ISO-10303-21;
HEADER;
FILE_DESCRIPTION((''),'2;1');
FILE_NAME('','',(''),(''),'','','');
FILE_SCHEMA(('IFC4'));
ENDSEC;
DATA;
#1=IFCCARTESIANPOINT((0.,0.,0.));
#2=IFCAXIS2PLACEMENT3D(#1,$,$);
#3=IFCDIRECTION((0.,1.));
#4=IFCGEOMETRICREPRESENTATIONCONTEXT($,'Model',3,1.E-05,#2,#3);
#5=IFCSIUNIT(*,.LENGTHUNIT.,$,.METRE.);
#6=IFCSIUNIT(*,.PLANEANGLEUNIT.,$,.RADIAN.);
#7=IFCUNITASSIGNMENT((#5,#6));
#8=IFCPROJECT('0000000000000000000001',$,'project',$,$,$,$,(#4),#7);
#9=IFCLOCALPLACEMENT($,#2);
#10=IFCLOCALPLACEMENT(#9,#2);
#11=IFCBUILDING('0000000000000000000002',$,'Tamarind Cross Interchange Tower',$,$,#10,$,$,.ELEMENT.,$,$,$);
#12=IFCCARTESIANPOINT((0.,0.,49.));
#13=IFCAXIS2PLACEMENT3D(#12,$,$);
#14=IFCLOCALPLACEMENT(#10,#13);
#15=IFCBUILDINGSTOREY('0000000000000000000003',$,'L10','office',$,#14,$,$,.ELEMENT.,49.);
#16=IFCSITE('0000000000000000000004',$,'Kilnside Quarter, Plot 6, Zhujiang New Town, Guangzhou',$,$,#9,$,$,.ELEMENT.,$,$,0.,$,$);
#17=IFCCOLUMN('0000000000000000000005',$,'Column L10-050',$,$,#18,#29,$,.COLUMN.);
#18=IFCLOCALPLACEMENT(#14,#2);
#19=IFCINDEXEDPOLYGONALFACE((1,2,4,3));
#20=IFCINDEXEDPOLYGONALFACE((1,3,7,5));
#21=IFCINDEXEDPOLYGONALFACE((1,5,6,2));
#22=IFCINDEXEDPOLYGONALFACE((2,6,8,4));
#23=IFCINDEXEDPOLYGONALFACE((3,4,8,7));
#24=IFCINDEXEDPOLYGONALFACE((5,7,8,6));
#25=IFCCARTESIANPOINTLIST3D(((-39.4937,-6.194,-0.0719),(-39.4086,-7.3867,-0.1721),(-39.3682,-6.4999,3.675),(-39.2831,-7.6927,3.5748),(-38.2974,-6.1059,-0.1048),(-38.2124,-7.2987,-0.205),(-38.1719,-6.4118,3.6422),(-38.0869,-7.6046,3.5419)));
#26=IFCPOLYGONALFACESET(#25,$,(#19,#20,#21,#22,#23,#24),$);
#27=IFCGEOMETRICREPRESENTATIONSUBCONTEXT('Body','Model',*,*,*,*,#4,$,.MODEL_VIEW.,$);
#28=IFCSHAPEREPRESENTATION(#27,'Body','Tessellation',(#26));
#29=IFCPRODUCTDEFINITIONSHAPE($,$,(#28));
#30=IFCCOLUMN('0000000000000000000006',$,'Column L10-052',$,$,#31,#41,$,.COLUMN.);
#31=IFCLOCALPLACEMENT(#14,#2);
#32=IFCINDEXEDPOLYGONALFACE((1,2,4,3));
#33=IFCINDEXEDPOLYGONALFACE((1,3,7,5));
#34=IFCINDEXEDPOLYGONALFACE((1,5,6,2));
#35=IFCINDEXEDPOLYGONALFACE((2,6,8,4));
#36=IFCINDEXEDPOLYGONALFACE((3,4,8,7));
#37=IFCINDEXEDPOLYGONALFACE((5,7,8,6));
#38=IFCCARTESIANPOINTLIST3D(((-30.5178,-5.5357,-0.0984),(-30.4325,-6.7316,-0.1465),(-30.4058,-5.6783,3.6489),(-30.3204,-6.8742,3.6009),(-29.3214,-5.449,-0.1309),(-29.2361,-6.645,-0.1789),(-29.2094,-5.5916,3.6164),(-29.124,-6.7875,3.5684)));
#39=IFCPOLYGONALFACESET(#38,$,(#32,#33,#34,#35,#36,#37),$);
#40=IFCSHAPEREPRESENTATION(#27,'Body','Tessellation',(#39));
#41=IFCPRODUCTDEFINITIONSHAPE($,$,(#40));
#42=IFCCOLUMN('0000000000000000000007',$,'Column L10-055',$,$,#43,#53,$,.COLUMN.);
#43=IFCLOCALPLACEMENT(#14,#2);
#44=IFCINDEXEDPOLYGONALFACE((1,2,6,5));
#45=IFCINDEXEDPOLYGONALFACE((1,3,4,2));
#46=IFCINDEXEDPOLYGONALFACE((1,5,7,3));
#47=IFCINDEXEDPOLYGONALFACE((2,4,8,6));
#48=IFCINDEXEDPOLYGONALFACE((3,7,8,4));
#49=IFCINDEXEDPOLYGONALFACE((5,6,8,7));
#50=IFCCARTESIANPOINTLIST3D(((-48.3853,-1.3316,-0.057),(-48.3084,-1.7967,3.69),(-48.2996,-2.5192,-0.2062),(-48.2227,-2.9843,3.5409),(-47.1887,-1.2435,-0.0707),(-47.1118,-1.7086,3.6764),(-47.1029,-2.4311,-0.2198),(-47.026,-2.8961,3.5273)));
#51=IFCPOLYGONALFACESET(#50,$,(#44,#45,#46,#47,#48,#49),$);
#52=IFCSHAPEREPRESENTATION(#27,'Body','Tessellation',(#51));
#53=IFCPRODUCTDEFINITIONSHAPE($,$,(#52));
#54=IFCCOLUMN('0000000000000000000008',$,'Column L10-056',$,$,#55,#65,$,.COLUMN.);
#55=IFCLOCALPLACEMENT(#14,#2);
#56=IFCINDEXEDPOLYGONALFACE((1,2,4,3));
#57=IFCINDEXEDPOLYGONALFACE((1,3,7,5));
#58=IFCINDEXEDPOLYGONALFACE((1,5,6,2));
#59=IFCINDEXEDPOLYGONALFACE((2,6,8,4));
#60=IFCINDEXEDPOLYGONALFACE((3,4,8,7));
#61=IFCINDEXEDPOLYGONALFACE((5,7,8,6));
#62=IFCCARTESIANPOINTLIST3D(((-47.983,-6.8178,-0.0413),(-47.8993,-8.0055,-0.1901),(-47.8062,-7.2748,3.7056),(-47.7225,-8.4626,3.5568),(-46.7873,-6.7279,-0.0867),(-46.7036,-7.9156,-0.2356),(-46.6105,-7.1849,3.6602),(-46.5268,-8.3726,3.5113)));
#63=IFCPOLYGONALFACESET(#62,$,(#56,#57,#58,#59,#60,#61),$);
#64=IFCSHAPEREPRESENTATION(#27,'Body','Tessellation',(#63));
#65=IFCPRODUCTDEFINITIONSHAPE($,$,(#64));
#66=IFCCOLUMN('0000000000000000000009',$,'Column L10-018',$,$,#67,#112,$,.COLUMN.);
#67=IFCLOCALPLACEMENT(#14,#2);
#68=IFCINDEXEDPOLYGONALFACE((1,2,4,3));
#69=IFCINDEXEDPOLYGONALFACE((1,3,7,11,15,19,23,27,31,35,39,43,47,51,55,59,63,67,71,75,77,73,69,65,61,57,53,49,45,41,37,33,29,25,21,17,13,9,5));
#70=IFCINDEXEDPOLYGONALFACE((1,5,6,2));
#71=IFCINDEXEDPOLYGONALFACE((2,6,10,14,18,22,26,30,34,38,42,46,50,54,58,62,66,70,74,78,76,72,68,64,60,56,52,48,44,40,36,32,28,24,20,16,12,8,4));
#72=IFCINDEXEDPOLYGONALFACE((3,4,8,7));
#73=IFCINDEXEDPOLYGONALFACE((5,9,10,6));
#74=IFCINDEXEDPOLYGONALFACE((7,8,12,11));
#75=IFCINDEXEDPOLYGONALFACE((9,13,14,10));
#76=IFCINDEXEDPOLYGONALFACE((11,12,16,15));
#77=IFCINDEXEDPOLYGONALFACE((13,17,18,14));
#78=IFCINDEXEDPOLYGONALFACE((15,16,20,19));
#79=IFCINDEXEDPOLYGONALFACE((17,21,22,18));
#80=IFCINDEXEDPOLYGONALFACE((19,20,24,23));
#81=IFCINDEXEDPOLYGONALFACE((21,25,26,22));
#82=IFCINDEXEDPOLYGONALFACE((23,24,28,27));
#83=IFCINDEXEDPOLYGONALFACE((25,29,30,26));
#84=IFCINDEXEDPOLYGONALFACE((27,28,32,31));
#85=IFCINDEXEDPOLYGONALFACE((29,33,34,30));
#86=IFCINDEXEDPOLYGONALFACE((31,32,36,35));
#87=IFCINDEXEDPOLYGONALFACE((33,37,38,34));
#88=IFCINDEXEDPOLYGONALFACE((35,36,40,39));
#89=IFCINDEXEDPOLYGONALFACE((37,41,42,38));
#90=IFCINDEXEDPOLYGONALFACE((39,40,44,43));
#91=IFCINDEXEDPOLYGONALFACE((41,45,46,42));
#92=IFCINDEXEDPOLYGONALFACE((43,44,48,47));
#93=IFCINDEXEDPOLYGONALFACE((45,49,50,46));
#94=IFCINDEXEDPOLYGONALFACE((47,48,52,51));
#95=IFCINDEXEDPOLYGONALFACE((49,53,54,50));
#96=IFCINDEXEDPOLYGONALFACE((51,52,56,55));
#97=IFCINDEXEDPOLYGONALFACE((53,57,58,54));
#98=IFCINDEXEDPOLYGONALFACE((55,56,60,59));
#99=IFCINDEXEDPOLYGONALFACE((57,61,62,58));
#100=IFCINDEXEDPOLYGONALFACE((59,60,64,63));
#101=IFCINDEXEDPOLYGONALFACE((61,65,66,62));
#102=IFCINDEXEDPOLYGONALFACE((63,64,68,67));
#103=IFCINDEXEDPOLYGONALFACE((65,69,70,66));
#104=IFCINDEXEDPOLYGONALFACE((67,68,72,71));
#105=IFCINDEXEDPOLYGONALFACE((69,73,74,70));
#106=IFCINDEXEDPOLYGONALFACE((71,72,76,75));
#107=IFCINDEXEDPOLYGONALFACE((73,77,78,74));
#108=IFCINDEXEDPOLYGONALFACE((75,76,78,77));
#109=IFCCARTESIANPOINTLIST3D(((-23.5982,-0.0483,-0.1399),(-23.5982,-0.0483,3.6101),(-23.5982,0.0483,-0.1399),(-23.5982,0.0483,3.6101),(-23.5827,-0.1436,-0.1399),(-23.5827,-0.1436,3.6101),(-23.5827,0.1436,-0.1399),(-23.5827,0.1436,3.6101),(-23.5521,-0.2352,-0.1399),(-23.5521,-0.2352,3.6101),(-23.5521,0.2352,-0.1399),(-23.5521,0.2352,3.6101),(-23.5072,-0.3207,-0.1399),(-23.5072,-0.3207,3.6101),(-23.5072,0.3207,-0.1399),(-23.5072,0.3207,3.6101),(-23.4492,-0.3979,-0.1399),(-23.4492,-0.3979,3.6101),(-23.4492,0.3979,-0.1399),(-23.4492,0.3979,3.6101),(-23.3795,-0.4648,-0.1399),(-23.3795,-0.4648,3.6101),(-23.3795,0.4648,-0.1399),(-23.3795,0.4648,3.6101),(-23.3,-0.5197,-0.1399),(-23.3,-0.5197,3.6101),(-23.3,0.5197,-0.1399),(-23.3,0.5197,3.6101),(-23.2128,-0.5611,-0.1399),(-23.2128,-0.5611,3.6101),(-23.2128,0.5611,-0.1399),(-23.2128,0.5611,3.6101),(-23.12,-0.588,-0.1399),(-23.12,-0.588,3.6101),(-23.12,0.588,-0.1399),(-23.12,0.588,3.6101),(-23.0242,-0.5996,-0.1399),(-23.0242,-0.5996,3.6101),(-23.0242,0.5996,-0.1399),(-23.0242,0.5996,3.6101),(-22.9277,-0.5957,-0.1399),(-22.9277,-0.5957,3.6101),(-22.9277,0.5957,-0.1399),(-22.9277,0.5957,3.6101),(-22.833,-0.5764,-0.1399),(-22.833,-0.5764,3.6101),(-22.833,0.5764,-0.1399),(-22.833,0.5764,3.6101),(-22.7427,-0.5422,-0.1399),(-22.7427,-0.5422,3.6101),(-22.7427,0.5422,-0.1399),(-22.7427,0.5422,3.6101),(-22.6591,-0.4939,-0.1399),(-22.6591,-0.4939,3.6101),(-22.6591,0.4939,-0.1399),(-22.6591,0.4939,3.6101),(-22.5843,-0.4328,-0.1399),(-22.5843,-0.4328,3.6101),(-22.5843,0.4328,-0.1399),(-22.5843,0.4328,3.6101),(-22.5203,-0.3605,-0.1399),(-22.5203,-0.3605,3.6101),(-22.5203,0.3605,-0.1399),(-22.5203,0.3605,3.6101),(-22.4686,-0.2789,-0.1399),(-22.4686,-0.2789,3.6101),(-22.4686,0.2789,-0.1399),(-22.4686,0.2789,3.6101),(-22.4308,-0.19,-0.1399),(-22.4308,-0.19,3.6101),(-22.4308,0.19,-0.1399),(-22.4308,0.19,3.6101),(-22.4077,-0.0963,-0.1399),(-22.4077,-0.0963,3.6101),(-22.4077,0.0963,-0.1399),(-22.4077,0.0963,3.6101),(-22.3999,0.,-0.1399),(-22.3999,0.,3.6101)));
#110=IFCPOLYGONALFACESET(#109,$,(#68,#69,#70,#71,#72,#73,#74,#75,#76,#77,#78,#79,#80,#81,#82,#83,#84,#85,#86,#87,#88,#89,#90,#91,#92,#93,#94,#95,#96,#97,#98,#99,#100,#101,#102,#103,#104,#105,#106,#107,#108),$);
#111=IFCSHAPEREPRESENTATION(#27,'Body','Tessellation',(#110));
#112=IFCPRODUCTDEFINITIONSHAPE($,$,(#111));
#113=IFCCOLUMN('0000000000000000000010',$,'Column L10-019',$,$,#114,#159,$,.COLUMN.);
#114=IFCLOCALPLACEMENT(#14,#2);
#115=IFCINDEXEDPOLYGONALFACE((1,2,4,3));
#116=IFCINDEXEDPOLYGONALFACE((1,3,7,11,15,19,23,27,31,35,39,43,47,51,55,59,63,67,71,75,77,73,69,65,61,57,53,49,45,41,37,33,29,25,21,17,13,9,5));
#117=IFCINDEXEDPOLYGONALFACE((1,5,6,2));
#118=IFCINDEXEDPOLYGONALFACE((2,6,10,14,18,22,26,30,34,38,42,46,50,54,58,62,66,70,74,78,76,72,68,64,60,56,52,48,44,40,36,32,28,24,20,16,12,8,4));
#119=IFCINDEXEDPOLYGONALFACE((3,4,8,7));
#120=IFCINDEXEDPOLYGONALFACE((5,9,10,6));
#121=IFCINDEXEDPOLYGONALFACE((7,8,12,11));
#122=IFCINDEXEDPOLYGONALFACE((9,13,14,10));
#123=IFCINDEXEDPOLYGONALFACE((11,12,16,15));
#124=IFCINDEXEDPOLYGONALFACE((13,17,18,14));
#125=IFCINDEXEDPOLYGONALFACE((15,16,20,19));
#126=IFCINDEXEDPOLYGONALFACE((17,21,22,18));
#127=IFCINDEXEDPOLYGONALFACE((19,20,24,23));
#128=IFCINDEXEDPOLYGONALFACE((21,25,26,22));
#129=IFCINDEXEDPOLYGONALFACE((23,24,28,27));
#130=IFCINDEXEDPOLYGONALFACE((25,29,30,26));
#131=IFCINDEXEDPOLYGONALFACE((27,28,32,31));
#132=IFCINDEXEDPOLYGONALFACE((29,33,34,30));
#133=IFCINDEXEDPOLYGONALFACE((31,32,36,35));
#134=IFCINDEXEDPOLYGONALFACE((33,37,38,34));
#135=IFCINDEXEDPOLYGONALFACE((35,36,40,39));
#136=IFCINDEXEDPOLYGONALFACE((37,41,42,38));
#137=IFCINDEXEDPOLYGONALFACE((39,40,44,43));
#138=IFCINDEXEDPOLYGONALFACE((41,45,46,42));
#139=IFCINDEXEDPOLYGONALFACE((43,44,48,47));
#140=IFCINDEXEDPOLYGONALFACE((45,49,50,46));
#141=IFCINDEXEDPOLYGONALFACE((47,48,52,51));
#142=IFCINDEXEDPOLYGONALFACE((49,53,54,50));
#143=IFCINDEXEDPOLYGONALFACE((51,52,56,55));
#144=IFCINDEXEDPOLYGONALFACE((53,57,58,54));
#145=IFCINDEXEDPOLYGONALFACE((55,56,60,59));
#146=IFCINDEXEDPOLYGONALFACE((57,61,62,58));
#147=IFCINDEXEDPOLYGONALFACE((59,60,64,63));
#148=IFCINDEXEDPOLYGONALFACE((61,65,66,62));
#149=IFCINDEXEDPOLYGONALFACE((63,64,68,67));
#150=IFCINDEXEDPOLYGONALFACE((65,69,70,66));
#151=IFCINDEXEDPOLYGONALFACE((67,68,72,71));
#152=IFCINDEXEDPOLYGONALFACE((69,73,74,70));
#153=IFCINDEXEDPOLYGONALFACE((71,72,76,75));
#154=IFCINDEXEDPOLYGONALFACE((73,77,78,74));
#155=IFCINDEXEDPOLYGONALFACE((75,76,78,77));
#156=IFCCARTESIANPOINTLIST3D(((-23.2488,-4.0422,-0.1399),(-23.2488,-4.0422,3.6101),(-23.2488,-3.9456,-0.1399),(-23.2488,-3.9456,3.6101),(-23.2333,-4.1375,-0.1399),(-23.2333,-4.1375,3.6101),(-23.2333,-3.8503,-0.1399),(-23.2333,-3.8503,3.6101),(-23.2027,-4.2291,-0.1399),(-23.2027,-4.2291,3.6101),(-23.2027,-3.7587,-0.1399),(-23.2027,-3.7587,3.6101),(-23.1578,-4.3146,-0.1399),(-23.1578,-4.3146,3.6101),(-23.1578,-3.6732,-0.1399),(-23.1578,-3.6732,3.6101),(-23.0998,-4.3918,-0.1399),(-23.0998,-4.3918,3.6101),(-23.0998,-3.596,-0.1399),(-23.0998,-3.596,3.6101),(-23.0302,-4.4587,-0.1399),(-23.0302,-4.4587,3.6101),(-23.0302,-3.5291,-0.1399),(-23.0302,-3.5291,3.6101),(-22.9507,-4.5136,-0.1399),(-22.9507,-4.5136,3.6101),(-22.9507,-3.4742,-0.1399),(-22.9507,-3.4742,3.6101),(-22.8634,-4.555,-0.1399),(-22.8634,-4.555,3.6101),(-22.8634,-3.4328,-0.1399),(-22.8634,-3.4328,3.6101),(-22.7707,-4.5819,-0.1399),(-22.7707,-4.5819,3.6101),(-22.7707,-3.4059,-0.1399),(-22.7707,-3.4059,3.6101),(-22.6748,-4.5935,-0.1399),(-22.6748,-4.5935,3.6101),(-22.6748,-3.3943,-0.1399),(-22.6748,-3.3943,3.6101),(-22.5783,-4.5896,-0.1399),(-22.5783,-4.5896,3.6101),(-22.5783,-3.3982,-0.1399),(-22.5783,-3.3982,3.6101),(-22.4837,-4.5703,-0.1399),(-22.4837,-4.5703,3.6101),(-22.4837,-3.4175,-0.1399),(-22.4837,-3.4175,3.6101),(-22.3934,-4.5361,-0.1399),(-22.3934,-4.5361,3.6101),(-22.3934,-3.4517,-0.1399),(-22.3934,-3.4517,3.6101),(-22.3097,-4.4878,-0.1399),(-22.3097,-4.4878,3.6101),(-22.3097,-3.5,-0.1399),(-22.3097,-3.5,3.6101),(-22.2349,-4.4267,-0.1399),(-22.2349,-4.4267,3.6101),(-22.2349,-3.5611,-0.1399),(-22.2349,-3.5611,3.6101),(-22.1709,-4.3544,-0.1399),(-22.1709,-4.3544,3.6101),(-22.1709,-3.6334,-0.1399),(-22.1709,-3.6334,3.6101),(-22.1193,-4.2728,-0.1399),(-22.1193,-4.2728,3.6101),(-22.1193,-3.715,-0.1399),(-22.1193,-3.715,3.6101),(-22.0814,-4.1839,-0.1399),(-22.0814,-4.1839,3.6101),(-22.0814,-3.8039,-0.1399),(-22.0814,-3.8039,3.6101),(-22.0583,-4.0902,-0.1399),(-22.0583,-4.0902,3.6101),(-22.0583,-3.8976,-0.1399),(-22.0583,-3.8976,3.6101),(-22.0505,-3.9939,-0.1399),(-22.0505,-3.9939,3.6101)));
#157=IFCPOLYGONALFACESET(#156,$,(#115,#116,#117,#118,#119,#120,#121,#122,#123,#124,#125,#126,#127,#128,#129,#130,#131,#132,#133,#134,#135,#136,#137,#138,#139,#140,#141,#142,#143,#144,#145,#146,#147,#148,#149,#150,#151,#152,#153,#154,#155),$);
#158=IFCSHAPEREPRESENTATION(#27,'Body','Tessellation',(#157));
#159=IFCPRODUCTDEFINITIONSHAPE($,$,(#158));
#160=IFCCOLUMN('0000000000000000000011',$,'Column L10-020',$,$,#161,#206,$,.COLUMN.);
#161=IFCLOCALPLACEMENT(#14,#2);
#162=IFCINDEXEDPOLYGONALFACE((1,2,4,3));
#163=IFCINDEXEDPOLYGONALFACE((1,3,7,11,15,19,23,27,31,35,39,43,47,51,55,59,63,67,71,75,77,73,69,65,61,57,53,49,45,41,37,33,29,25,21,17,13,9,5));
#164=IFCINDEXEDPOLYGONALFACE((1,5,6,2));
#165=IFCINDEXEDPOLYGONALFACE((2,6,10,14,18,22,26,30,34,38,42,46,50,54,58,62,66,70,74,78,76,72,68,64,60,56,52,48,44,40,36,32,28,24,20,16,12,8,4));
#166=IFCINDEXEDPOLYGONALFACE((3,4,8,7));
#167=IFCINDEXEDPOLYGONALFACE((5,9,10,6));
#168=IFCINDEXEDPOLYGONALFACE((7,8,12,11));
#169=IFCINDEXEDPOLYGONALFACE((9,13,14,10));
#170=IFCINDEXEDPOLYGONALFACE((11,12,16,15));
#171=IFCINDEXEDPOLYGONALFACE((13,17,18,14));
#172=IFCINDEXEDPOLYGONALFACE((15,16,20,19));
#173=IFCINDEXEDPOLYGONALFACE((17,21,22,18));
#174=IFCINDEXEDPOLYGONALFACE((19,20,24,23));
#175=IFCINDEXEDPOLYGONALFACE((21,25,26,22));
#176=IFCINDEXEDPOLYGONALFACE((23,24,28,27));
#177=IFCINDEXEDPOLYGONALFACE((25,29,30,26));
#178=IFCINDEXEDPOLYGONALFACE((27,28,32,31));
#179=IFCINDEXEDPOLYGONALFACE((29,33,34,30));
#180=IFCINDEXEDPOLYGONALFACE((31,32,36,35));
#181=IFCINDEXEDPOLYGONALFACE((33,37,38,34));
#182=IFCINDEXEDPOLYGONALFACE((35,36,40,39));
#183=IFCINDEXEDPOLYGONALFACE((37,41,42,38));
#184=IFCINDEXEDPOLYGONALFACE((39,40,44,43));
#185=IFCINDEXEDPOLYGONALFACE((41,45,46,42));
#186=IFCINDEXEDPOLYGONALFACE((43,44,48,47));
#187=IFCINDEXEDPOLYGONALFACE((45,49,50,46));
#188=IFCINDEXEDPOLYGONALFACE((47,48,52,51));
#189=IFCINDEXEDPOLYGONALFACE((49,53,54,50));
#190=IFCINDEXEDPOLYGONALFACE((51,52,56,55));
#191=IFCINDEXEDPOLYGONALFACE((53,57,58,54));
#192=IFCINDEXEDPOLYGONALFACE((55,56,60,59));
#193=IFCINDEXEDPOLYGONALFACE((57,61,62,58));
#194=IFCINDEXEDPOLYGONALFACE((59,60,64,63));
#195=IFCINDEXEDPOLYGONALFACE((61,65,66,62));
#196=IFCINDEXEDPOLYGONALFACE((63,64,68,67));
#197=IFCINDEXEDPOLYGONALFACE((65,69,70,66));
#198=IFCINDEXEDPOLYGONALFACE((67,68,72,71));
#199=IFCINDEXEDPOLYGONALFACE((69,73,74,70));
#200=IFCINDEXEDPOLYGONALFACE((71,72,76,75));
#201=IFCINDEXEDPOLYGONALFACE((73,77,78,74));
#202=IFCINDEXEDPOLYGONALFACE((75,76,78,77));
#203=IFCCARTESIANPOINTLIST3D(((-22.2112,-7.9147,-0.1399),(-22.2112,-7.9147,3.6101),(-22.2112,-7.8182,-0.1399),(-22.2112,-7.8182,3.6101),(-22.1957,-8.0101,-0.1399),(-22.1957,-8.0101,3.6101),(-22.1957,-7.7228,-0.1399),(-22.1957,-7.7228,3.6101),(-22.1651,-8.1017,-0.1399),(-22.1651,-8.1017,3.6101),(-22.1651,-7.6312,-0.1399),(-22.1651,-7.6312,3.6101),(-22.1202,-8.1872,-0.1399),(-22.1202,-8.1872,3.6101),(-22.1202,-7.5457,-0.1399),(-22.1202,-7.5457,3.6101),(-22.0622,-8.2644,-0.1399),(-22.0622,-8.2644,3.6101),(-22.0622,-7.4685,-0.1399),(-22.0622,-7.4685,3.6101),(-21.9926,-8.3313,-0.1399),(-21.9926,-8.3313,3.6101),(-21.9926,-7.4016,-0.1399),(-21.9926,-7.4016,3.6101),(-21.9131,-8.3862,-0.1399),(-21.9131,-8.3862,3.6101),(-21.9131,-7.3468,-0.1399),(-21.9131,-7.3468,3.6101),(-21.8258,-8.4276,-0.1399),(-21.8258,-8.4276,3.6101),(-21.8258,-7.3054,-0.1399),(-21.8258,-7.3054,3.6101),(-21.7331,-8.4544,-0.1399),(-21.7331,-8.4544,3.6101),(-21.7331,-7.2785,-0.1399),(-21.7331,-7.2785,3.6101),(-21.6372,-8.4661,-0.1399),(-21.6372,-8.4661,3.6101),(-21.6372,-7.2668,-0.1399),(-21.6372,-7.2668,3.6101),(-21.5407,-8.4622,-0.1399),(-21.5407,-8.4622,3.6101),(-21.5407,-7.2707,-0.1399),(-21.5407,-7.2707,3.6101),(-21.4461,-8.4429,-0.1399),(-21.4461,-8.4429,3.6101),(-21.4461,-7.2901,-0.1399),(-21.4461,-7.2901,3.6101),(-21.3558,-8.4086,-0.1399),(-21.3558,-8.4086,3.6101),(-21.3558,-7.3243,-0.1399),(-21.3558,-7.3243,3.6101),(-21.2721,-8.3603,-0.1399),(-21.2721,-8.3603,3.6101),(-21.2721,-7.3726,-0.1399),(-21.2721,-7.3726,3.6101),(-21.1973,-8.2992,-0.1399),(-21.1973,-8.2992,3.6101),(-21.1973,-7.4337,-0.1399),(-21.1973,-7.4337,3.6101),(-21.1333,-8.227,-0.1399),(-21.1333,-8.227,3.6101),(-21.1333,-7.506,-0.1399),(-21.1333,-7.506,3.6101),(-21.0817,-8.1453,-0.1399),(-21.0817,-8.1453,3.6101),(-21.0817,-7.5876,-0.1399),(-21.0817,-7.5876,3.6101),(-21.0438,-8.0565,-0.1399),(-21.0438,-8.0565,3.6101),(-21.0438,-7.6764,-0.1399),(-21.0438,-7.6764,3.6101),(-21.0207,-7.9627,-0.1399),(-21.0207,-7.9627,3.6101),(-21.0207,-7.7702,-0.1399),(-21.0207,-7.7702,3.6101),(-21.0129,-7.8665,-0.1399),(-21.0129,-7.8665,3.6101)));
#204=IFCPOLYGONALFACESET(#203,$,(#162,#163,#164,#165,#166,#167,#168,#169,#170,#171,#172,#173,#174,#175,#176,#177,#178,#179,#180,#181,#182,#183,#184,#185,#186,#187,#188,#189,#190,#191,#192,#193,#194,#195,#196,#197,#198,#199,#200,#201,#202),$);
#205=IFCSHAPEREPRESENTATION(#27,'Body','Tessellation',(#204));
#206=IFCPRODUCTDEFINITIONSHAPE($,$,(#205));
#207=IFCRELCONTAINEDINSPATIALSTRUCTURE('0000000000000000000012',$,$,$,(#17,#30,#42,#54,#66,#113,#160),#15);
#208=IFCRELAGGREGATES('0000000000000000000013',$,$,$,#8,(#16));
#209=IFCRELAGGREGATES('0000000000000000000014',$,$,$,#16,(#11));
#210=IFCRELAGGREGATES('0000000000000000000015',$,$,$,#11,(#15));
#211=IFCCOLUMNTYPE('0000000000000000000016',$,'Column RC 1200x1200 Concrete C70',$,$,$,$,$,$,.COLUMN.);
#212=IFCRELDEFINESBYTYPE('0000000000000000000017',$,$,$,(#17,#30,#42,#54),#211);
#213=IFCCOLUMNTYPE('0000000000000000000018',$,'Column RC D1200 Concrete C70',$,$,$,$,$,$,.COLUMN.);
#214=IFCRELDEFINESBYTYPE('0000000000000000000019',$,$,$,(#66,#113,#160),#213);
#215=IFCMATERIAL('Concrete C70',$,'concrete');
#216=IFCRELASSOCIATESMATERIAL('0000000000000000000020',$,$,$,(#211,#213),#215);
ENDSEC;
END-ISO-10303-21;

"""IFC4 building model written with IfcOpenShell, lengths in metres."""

from ifc_helpers import new_model, si_unit, direction, frame, origin, origin_2d, place, context, subcontext, project, spatial, rectangle, circle, extrude, material, material_profile, profile_set, type_object, element, save


model = new_model("IFC4")

# Units and contexts
model_context = context("Model", 3, precision=1e-05, world=origin(), true_north=direction((0.0, 1.0)))
body_context = subcontext(model_context, "Body", "Model", "MODEL_VIEW")
ifc_project = project(units=[si_unit("LENGTHUNIT", "METRE"), si_unit("PLANEANGLEUNIT", "RADIAN")], contexts=[model_context])

# Site, building, storey
site_placement = place(None, origin())
site = spatial("IfcSite", under=ifc_project, at=site_placement, Name="Kilnside Quarter, Plot 6, Zhujiang New Town, Guangzhou", CompositionType="ELEMENT", RefElevation=0.0)
building_placement = place(site_placement, origin())
building = spatial("IfcBuilding", under=site, at=building_placement, Name="Tamarind Cross Interchange Tower", CompositionType="ELEMENT")
storey_placement = place(building_placement, frame((0.0, 0.0, 49.0)))
storey = spatial("IfcBuildingStorey", under=building, at=storey_placement, Name="L10", Description="office", CompositionType="ELEMENT", Elevation=49.0)

# Columns
ifc_material_1 = material(Name="Concrete C70", Category="concrete")
ifc_material_profile_1 = material_profile(ifc_material_1, rectangle(XDim=1.2, YDim=1.2, at=origin_2d()), Name="RC 1200x1200")
ifc_profile_set_1 = profile_set([ifc_material_profile_1], Name="Concrete C70")
column_type_1 = type_object("IfcColumnType", Name="Column RC 1200x1200 Concrete C70", PredefinedType="COLUMN", material=ifc_profile_set_1)
column_1_placement = place(storey_placement, frame((-38.853, -6.7463, -0.1384), z_axis=(0.033362, -0.081329, 0.996129), x_axis=(-0.070891, 0.993981, 0.083527)))
element("IfcColumn", 1, at=column_1_placement, inside=storey, type_object=column_type_1, Name="Column L10-050", PredefinedType="COLUMN", context=body_context, shape_type="SweptSolid", body=[
    extrude(rectangle(XDim=1.2, YDim=1.2, at=origin_2d()), origin(), (0.0, 0.0, 1.0), 3.7615),
])
column_2_placement = place(storey_placement, frame((-29.877, -6.0903, -0.1387), z_axis=(0.029869, -0.038004, 0.998831), x_axis=(-0.071126, 0.996663, 0.040048)))
element("IfcColumn", 2, at=column_2_placement, inside=storey, type_object=column_type_1, Name="Column L10-052", PredefinedType="COLUMN", context=body_context, shape_type="SweptSolid", body=[
    extrude(rectangle(XDim=1.2, YDim=1.2, at=origin_2d()), origin(), (0.0, 0.0, 1.0), 3.7517),
])
column_3_placement = place(storey_placement, frame((-47.7441, -1.8813, -0.1384), z_axis=(0.020363, -0.12315, 0.992179), x_axis=(-0.071477, 0.989666, 0.124305)))
element("IfcColumn", 3, at=column_3_placement, inside=storey, type_object=column_type_1, Name="Column L10-055", PredefinedType="COLUMN", context=body_context, shape_type="SweptSolid", body=[
    extrude(rectangle(XDim=1.2, YDim=1.2, at=origin_2d()), origin(), (0.0, 0.0, 1.0), 3.7766),
])
column_4_placement = place(storey_placement, frame((-47.3433, -7.3667, -0.1384), z_axis=(0.046777, -0.120948, 0.991556), x_axis=(-0.069746, 0.989825, 0.124027)))
element("IfcColumn", 4, at=column_4_placement, inside=storey, type_object=column_type_1, Name="Column L10-056", PredefinedType="COLUMN", context=body_context, shape_type="SweptSolid", body=[
    extrude(rectangle(XDim=1.2, YDim=1.2, at=origin_2d()), origin(), (0.0, 0.0, 1.0), 3.7788),
])
ifc_material_profile_2 = material_profile(ifc_material_1, circle(Radius=0.6001, at=origin_2d()), Name="RC D1200")
ifc_profile_set_2 = profile_set([ifc_material_profile_2], Name="Concrete C70")
column_type_2 = type_object("IfcColumnType", Name="Column RC D1200 Concrete C70", PredefinedType="COLUMN", material=ifc_profile_set_2)
for number, where, z_axis, x_axis, name in (
    (5, (-23.0, 0.0, -0.1399), (0.0, 0.0, 1.0), (1.0, 0.0, 0.0), "Column L10-018"),
    (6, (-22.6506, -3.9939, -0.1399), (0.0, 0.0, 1.0), (1.0, 0.0, 0.0), "Column L10-019"),
    (7, (-21.613, -7.8665, -0.1399), (0.0, 0.0, 1.0), (1.0, 0.0, 0.0), "Column L10-020"),
):
    element("IfcColumn", number, at=place(storey_placement, frame(where, z_axis=z_axis, x_axis=x_axis)), inside=storey, type_object=column_type_2, Name=name, PredefinedType="COLUMN", context=body_context, shape_type="SweptSolid", body=[
        extrude(circle(Radius=0.6001, at=origin_2d()), origin(), (0.0, 0.0, 1.0), 3.75),
    ])

save(model, "model.ifc")
